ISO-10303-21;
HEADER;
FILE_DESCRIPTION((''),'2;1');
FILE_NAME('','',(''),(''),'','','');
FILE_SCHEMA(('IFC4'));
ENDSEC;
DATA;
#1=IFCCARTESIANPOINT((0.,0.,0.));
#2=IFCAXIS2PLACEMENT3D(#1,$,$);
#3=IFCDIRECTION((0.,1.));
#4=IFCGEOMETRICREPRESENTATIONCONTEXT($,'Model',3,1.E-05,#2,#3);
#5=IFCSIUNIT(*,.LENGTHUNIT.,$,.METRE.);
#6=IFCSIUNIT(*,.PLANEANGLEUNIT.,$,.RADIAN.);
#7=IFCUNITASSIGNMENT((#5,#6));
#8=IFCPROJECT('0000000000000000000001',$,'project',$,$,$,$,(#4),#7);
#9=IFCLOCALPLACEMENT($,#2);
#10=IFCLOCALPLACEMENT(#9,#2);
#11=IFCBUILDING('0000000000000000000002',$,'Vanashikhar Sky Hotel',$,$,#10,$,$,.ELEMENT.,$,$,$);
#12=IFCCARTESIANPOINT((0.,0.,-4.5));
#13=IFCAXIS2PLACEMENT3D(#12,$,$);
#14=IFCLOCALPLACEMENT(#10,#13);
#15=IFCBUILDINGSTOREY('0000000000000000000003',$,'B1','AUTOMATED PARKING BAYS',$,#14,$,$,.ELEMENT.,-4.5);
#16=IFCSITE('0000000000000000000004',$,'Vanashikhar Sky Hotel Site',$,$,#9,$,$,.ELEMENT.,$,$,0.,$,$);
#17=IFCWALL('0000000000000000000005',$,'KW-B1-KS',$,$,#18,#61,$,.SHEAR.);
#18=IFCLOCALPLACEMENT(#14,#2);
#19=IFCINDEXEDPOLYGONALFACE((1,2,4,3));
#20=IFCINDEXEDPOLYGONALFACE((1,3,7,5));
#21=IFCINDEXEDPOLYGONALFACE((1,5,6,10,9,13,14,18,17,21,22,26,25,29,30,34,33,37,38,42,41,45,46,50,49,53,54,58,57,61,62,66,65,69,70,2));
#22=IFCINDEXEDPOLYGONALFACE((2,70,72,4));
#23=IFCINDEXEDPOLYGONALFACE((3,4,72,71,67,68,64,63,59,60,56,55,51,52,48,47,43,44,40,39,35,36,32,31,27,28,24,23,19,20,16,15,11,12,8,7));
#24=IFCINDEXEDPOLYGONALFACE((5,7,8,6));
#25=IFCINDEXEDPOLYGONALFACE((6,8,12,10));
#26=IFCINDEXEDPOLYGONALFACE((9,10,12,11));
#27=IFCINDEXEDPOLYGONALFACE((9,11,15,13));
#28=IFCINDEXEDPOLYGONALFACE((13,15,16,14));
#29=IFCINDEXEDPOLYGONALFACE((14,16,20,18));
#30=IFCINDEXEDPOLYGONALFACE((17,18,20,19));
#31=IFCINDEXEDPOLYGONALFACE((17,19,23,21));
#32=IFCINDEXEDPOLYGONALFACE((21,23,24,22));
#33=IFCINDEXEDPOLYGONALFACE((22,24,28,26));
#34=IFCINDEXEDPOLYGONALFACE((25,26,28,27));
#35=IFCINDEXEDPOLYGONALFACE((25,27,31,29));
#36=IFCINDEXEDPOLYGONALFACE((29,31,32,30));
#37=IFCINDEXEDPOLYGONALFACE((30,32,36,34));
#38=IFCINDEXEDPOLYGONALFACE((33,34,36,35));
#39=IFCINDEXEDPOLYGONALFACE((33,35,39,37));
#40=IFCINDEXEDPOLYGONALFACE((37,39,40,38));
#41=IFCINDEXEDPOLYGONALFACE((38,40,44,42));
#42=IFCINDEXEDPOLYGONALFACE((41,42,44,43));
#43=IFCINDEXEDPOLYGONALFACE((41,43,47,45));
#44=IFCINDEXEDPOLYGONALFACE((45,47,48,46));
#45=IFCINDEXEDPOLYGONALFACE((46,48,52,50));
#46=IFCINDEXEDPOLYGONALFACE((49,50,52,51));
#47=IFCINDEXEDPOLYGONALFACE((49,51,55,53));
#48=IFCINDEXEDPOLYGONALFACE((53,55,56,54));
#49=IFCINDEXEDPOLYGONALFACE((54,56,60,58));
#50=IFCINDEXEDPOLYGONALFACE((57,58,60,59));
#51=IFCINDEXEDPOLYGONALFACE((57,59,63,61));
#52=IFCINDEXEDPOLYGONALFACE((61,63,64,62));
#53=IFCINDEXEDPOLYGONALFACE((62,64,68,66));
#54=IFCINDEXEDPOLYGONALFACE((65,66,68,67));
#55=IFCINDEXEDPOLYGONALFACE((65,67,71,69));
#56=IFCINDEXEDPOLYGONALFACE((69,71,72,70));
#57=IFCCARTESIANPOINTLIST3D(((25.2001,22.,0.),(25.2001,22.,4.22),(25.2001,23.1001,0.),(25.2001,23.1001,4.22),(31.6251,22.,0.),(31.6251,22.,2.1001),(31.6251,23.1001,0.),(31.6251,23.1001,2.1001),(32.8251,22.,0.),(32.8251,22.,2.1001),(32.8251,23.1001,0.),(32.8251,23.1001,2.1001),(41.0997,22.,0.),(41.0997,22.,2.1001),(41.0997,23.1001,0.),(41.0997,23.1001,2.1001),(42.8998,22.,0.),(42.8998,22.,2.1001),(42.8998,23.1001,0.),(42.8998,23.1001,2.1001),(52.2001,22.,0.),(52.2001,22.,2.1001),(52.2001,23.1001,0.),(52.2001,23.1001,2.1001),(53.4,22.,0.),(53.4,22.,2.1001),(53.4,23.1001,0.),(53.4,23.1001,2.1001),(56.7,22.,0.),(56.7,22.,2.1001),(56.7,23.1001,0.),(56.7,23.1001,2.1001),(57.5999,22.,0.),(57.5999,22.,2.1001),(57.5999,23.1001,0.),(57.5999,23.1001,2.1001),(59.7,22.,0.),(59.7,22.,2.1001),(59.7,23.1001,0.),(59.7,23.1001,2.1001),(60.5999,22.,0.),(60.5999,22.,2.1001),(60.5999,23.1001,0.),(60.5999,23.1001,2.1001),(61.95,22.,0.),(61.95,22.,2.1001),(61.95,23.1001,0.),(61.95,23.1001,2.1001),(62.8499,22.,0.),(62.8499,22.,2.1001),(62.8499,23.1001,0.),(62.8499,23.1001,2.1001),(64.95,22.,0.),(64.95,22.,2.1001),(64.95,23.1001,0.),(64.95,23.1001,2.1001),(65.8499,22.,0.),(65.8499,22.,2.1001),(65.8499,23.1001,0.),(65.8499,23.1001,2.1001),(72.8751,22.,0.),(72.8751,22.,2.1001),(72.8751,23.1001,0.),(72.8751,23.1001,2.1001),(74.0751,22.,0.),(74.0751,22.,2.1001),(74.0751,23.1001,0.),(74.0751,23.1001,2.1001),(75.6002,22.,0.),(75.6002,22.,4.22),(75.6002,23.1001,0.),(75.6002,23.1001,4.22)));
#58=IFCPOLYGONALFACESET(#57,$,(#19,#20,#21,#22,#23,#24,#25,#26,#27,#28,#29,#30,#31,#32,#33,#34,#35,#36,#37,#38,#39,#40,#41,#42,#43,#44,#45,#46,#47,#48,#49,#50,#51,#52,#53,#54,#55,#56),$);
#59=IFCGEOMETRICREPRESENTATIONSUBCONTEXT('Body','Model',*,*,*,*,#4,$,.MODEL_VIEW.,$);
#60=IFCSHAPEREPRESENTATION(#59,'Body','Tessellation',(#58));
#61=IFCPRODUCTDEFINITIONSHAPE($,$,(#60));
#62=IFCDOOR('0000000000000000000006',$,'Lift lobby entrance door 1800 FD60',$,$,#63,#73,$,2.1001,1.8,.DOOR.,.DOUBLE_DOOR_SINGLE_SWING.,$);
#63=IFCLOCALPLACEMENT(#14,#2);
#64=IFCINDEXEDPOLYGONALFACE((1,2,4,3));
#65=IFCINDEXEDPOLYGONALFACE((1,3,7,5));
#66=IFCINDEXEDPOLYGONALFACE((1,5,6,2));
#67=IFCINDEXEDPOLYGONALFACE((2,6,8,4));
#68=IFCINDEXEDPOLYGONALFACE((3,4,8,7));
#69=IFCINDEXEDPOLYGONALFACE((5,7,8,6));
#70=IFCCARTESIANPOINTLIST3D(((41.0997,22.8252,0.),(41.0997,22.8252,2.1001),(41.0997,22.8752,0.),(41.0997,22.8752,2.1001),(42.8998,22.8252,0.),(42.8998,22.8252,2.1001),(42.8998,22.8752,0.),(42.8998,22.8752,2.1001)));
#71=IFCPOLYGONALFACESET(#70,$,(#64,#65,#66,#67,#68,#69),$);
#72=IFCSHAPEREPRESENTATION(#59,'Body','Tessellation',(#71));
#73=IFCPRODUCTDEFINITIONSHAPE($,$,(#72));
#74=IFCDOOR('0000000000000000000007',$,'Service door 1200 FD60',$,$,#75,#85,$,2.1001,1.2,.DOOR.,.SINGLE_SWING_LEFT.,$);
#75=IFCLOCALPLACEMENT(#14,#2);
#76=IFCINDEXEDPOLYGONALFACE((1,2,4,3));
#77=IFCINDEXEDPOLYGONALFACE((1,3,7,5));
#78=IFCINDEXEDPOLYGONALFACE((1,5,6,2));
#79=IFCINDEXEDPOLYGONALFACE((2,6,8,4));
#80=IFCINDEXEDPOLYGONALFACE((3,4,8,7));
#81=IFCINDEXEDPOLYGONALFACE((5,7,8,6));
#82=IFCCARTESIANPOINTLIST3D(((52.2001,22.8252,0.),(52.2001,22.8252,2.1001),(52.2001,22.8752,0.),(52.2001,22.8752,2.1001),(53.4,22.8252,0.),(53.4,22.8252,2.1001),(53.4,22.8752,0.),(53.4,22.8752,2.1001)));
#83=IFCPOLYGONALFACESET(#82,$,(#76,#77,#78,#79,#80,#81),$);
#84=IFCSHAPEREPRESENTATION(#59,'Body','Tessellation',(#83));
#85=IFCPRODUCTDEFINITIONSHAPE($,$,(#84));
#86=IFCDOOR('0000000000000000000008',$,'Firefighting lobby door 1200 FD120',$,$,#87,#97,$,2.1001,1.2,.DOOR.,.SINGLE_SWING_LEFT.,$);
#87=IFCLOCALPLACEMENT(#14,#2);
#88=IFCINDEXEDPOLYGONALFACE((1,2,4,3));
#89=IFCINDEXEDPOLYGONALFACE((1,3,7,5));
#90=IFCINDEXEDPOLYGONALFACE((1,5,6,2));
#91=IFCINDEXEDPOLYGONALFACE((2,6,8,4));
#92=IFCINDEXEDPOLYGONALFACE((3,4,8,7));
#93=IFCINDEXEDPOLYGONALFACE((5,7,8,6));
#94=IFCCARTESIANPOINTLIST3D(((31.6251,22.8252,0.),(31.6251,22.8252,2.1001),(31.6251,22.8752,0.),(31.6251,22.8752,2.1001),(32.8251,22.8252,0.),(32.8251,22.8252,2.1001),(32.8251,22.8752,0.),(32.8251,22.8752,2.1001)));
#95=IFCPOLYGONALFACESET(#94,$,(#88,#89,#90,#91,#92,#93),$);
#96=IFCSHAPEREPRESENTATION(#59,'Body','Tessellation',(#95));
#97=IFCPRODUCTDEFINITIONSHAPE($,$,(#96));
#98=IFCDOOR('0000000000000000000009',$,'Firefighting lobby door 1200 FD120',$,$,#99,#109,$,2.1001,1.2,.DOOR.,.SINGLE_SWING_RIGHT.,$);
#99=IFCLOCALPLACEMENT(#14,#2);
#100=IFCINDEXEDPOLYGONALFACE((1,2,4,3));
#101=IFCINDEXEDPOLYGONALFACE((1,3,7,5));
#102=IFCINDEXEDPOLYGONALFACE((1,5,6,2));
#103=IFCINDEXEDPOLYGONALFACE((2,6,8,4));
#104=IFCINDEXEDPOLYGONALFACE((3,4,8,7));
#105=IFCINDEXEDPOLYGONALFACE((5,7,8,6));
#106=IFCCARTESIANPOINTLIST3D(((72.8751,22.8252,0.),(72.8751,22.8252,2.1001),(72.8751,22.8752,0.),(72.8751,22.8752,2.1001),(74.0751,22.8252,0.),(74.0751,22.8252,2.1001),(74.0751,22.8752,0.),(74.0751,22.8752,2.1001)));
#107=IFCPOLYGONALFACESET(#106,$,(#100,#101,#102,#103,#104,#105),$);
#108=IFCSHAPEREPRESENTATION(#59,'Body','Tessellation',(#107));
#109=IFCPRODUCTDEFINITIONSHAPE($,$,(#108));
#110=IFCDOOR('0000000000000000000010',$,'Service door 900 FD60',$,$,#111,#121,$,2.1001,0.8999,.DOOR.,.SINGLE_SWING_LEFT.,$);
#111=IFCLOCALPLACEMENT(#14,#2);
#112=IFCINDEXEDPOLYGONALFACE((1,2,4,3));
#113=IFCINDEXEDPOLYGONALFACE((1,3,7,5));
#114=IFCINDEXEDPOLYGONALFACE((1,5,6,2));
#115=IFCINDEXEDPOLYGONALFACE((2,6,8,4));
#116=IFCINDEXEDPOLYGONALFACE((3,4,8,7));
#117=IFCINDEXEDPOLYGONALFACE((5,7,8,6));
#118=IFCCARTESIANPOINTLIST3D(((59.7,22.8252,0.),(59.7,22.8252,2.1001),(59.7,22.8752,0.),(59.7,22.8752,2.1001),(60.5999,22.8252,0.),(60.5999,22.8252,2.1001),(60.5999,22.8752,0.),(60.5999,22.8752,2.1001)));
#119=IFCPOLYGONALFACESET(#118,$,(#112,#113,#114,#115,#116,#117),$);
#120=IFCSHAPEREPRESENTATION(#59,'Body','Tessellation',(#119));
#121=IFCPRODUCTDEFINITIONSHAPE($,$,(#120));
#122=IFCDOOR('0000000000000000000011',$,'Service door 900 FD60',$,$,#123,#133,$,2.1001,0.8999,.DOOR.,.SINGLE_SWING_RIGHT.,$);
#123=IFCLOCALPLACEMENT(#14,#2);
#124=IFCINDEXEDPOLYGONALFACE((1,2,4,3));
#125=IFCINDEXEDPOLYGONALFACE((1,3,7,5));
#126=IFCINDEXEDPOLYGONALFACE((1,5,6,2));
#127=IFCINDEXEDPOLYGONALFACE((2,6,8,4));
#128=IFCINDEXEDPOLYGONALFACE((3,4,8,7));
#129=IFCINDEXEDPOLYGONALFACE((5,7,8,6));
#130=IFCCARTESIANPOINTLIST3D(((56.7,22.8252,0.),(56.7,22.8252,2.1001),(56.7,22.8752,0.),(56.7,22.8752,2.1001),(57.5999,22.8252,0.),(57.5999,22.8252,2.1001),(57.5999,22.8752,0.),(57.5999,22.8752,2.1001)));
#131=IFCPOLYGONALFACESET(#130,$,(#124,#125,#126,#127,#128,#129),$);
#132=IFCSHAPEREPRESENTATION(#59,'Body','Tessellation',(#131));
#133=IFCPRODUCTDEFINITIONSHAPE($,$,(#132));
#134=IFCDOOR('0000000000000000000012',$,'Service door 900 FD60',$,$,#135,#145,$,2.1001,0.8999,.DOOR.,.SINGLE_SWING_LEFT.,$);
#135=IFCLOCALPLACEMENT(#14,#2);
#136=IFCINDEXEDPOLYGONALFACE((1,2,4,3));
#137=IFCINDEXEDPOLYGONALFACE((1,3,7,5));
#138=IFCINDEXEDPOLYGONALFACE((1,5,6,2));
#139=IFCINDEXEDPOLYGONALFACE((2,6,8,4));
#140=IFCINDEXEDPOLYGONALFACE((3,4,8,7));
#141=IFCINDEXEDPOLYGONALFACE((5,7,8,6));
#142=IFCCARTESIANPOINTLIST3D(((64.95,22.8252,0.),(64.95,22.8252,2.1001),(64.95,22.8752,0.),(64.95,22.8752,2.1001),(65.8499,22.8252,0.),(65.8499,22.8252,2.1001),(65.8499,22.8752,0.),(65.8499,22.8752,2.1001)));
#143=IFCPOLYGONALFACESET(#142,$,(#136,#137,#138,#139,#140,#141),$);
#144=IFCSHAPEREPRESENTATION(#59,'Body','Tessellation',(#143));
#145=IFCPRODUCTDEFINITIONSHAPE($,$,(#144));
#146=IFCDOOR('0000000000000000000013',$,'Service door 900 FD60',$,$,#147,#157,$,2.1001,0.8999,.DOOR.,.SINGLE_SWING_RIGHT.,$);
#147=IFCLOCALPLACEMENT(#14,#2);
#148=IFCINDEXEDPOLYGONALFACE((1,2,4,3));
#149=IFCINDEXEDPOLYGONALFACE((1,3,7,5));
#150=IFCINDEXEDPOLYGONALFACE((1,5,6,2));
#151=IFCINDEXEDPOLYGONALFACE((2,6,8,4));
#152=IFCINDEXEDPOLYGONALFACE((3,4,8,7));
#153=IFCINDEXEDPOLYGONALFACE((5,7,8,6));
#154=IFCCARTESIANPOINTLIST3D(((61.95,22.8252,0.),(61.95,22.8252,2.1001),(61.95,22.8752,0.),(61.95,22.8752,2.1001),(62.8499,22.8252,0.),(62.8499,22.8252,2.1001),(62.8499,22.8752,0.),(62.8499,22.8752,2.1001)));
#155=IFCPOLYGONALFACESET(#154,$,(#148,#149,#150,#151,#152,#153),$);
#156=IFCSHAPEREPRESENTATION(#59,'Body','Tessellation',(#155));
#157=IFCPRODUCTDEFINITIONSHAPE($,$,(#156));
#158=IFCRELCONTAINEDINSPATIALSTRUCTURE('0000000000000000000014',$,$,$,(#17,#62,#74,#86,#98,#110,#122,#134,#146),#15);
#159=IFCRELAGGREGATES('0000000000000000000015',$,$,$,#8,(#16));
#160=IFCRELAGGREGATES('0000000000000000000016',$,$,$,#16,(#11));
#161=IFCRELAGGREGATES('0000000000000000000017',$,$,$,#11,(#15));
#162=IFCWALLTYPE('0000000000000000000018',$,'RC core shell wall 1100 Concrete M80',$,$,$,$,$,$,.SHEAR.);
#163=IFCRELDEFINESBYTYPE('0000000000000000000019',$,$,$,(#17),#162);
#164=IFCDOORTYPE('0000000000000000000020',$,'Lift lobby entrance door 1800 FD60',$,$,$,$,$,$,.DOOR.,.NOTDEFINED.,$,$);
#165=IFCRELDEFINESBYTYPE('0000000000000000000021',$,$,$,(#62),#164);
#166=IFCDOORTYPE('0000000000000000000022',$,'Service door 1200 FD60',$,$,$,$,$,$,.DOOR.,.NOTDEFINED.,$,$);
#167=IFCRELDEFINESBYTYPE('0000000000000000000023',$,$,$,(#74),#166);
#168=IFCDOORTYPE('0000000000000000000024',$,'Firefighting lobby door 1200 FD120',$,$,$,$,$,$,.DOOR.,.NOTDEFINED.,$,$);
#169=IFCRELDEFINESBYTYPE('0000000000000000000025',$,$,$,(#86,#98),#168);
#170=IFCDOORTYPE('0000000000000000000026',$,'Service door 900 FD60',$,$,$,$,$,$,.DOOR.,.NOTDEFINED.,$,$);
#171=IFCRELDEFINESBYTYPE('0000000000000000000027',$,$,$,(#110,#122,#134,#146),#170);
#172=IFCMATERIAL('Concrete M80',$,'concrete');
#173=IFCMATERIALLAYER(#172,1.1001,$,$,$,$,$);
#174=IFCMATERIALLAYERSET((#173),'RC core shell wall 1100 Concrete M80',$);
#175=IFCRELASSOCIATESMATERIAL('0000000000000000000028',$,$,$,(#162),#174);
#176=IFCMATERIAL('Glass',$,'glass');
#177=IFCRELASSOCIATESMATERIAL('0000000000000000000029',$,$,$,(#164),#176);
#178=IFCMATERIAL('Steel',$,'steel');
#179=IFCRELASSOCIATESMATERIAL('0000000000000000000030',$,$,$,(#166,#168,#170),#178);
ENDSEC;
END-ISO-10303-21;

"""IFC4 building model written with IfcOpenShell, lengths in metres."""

from ifc_helpers import new_model, si_unit, direction, frame, frame_2d, origin, place, context, subcontext, project, spatial, rectangle, extrude, source, transform, mapped, material, layer, layer_set, type_object, element, fill, save


model = new_model("IFC4")

# Units and contexts
model_context = context("Model", 3, precision=1e-05, world=origin(), true_north=direction((0.0, 1.0)))
body_context = subcontext(model_context, "Body", "Model", "MODEL_VIEW")
ifc_project = project(units=[si_unit("LENGTHUNIT", "METRE"), si_unit("PLANEANGLEUNIT", "RADIAN")], contexts=[model_context])

# Site, building, storey
site_placement = place(None, origin())
site = spatial("IfcSite", under=ifc_project, at=site_placement, Name="Vanashikhar Sky Hotel Site", CompositionType="ELEMENT", RefElevation=0.0)
building_placement = place(site_placement, origin())
building = spatial("IfcBuilding", under=site, at=building_placement, Name="Vanashikhar Sky Hotel", CompositionType="ELEMENT")
storey_placement = place(building_placement, frame((0.0, 0.0, -4.5)))
storey = spatial("IfcBuildingStorey", under=building, at=storey_placement, Name="B1", Description="AUTOMATED PARKING BAYS", CompositionType="ELEMENT", Elevation=-4.5)

# Wall, openings, doors
ifc_material_1 = material(Name="Concrete M80", Category="concrete")
ifc_layer_1 = layer(ifc_material_1, 1.1001)
ifc_layer_set_1 = layer_set([ifc_layer_1], Name="RC core shell wall 1100 Concrete M80")
wall_type_1 = type_object("IfcWallType", Name="RC core shell wall 1100 Concrete M80", PredefinedType="SHEAR", material=ifc_layer_set_1)
shared_shape_1 = source(origin(), body_context, "Body", "SweptSolid", [
    extrude(rectangle(XDim=50.4001, YDim=1.1001, at=frame_2d((25.2002, 0.0))), origin(), (0.0, 0.0, 1.0), 4.22),
])
wall_1_placement = place(storey_placement, frame((25.2, 22.55, 0.0), z_axis=(0.0, 0.0, 1.0), x_axis=(1.0, 0.0, 0.0)))
wall_1 = element("IfcWall", 1, at=wall_1_placement, inside=storey, type_object=wall_type_1, Name="KW-B1-KS", PredefinedType="SHEAR", context=body_context, shape_type="MappedRepresentation", body=[
    mapped(shared_shape_1, transform((0.0, 0.0, 0.0), scale=1.0)),
])
shared_shape_2 = source(origin(), body_context, "Body", "SweptSolid", [
    extrude(rectangle(XDim=1.8, YDim=2.1001, at=frame_2d((0.8999, 1.05))), frame((0.0, 0.5601, 0.0), z_axis=(0.0, -1.0, 0.0), x_axis=(1.0, 0.0, 0.0)), (0.0, 0.0, 1.0), 1.1201),
])
opening_1_placement = place(wall_1_placement, frame((15.8999, 0.0, 0.0)))
opening_1 = element("IfcOpeningElement", 2, at=opening_1_placement, cuts=wall_1, PredefinedType="OPENING", context=body_context, shape_type="MappedRepresentation", body=[
    mapped(shared_shape_2, transform((0.0, 0.0, 0.0), scale=1.0)),
])
shared_shape_3 = source(origin(), body_context, "Body", "SweptSolid", [
    extrude(rectangle(XDim=1.2, YDim=2.1001, at=frame_2d((0.6001, 1.05))), frame((0.0, 0.5601, 0.0), z_axis=(0.0, -1.0, 0.0), x_axis=(1.0, 0.0, 0.0)), (0.0, 0.0, 1.0), 1.1201),
])
opening_2_placement = place(wall_1_placement, frame((27.0, 0.0, 0.0)))
opening_2 = element("IfcOpeningElement", 3, at=opening_2_placement, cuts=wall_1, PredefinedType="OPENING", context=body_context, shape_type="MappedRepresentation", body=[
    mapped(shared_shape_3, transform((0.0, 0.0, 0.0), scale=1.0)),
])
shared_shape_4 = source(origin(), body_context, "Body", "SweptSolid", [
    extrude(rectangle(XDim=0.8999, YDim=2.1001, at=frame_2d((0.45, 1.05))), frame((0.0, 0.5601, 0.0), z_axis=(0.0, -1.0, 0.0), x_axis=(1.0, 0.0, 0.0)), (0.0, 0.0, 1.0), 1.1201),
])
opening_3_placement = place(wall_1_placement, frame((34.5, 0.0, 0.0)))
opening_3 = element("IfcOpeningElement", 4, at=opening_3_placement, cuts=wall_1, PredefinedType="OPENING", context=body_context, shape_type="MappedRepresentation", body=[
    mapped(shared_shape_4, transform((0.0, 0.0, 0.0), scale=1.0)),
])
opening_4_placement = place(wall_1_placement, frame((31.5, 0.0, 0.0)))
opening_4 = element("IfcOpeningElement", 5, at=opening_4_placement, cuts=wall_1, PredefinedType="OPENING", context=body_context, shape_type="MappedRepresentation", body=[
    mapped(shared_shape_4, transform((0.0, 0.0, 0.0), scale=1.0)),
])
opening_5_placement = place(wall_1_placement, frame((39.75, 0.0, 0.0)))
opening_5 = element("IfcOpeningElement", 6, at=opening_5_placement, cuts=wall_1, PredefinedType="OPENING", context=body_context, shape_type="MappedRepresentation", body=[
    mapped(shared_shape_4, transform((0.0, 0.0, 0.0), scale=1.0)),
])
opening_6_placement = place(wall_1_placement, frame((36.75, 0.0, 0.0)))
opening_6 = element("IfcOpeningElement", 7, at=opening_6_placement, cuts=wall_1, PredefinedType="OPENING", context=body_context, shape_type="MappedRepresentation", body=[
    mapped(shared_shape_4, transform((0.0, 0.0, 0.0), scale=1.0)),
])
opening_7_placement = place(wall_1_placement, frame((6.425, 0.0, 0.0)))
opening_7 = element("IfcOpeningElement", 8, at=opening_7_placement, cuts=wall_1, PredefinedType="OPENING", context=body_context, shape_type="MappedRepresentation", body=[
    mapped(shared_shape_3, transform((0.0, 0.0, 0.0), scale=1.0)),
])
opening_8_placement = place(wall_1_placement, frame((47.675, 0.0, 0.0)))
opening_8 = element("IfcOpeningElement", 9, at=opening_8_placement, cuts=wall_1, PredefinedType="OPENING", context=body_context, shape_type="MappedRepresentation", body=[
    mapped(shared_shape_3, transform((0.0, 0.0, 0.0), scale=1.0)),
])
ifc_material_2 = material(Name="Glass", Category="glass")
door_type_1 = type_object("IfcDoorType", Name="Lift lobby entrance door 1800 FD60", OperationType="NOTDEFINED", PredefinedType="DOOR", material=ifc_material_2)
shared_shape_5 = source(origin(), body_context, "Body", "SweptSolid", [
    extrude(rectangle(XDim=1.8, YDim=2.1001, at=frame_2d((0.8999, 1.05))), frame((0.0, 0.3252, 0.0), z_axis=(0.0, -1.0, 0.0), x_axis=(1.0, 0.0, 0.0)), (0.0, 0.0, 1.0), 0.05),
])
door_1_placement = place(opening_1_placement, origin())
door_1 = element("IfcDoor", 10, at=door_1_placement, inside=storey, type_object=door_type_1, Name="Lift lobby entrance door 1800 FD60", OperationType="DOUBLE_DOOR_SINGLE_SWING", OverallHeight=2.1001, OverallWidth=1.8, PredefinedType="DOOR", context=body_context, shape_type="MappedRepresentation", body=[
    mapped(shared_shape_5, transform((0.0, 0.0, 0.0), scale=1.0)),
])
fill(opening_1, door_1)
ifc_material_3 = material(Name="Steel", Category="steel")
door_type_2 = type_object("IfcDoorType", Name="Service door 1200 FD60", OperationType="NOTDEFINED", PredefinedType="DOOR", material=ifc_material_3)
shared_shape_6 = source(origin(), body_context, "Body", "SweptSolid", [
    extrude(rectangle(XDim=1.2, YDim=2.1001, at=frame_2d((0.6001, 1.05))), frame((0.0, 0.3252, 0.0), z_axis=(0.0, -1.0, 0.0), x_axis=(1.0, 0.0, 0.0)), (0.0, 0.0, 1.0), 0.05),
])
door_2_placement = place(opening_2_placement, origin())
door_2 = element("IfcDoor", 11, at=door_2_placement, inside=storey, type_object=door_type_2, Name="Service door 1200 FD60", OperationType="SINGLE_SWING_LEFT", OverallHeight=2.1001, OverallWidth=1.2, PredefinedType="DOOR", context=body_context, shape_type="MappedRepresentation", body=[
    mapped(shared_shape_6, transform((0.0, 0.0, 0.0), scale=1.0)),
])
fill(opening_2, door_2)
door_type_3 = type_object("IfcDoorType", Name="Firefighting lobby door 1200 FD120", OperationType="NOTDEFINED", PredefinedType="DOOR", material=ifc_material_3)
door_3_placement = place(opening_7_placement, origin())
door_3 = element("IfcDoor", 12, at=door_3_placement, inside=storey, type_object=door_type_3, Name="Firefighting lobby door 1200 FD120", OperationType="SINGLE_SWING_LEFT", OverallHeight=2.1001, OverallWidth=1.2, PredefinedType="DOOR", context=body_context, shape_type="MappedRepresentation", body=[
    mapped(shared_shape_6, transform((0.0, 0.0, 0.0), scale=1.0)),
])
fill(opening_7, door_3)
door_4_placement = place(opening_8_placement, origin())
door_4 = element("IfcDoor", 13, at=door_4_placement, inside=storey, type_object=door_type_3, Name="Firefighting lobby door 1200 FD120", OperationType="SINGLE_SWING_RIGHT", OverallHeight=2.1001, OverallWidth=1.2, PredefinedType="DOOR", context=body_context, shape_type="MappedRepresentation", body=[
    mapped(shared_shape_6, transform((0.0, 0.0, 0.0), scale=1.0)),
])
fill(opening_8, door_4)
door_type_4 = type_object("IfcDoorType", Name="Service door 900 FD60", OperationType="NOTDEFINED", PredefinedType="DOOR", material=ifc_material_3)
shared_shape_7 = source(origin(), body_context, "Body", "SweptSolid", [
    extrude(rectangle(XDim=0.8999, YDim=2.1001, at=frame_2d((0.45, 1.05))), frame((0.0, 0.3252, 0.0), z_axis=(0.0, -1.0, 0.0), x_axis=(1.0, 0.0, 0.0)), (0.0, 0.0, 1.0), 0.05),
])
door_5_placement = place(opening_3_placement, origin())
door_5 = element("IfcDoor", 14, at=door_5_placement, inside=storey, type_object=door_type_4, Name="Service door 900 FD60", OperationType="SINGLE_SWING_LEFT", OverallHeight=2.1001, OverallWidth=0.8999, PredefinedType="DOOR", context=body_context, shape_type="MappedRepresentation", body=[
    mapped(shared_shape_7, transform((0.0, 0.0, 0.0), scale=1.0)),
])
fill(opening_3, door_5)
door_6_placement = place(opening_4_placement, origin())
door_6 = element("IfcDoor", 15, at=door_6_placement, inside=storey, type_object=door_type_4, Name="Service door 900 FD60", OperationType="SINGLE_SWING_RIGHT", OverallHeight=2.1001, OverallWidth=0.8999, PredefinedType="DOOR", context=body_context, shape_type="MappedRepresentation", body=[
    mapped(shared_shape_7, transform((0.0, 0.0, 0.0), scale=1.0)),
])
fill(opening_4, door_6)
door_7_placement = place(opening_5_placement, origin())
door_7 = element("IfcDoor", 16, at=door_7_placement, inside=storey, type_object=door_type_4, Name="Service door 900 FD60", OperationType="SINGLE_SWING_LEFT", OverallHeight=2.1001, OverallWidth=0.8999, PredefinedType="DOOR", context=body_context, shape_type="MappedRepresentation", body=[
    mapped(shared_shape_7, transform((0.0, 0.0, 0.0), scale=1.0)),
])
fill(opening_5, door_7)
door_8_placement = place(opening_6_placement, origin())
door_8 = element("IfcDoor", 17, at=door_8_placement, inside=storey, type_object=door_type_4, Name="Service door 900 FD60", OperationType="SINGLE_SWING_RIGHT", OverallHeight=2.1001, OverallWidth=0.8999, PredefinedType="DOOR", context=body_context, shape_type="MappedRepresentation", body=[
    mapped(shared_shape_7, transform((0.0, 0.0, 0.0), scale=1.0)),
])
fill(opening_6, door_8)

save(model, "model.ifc")
